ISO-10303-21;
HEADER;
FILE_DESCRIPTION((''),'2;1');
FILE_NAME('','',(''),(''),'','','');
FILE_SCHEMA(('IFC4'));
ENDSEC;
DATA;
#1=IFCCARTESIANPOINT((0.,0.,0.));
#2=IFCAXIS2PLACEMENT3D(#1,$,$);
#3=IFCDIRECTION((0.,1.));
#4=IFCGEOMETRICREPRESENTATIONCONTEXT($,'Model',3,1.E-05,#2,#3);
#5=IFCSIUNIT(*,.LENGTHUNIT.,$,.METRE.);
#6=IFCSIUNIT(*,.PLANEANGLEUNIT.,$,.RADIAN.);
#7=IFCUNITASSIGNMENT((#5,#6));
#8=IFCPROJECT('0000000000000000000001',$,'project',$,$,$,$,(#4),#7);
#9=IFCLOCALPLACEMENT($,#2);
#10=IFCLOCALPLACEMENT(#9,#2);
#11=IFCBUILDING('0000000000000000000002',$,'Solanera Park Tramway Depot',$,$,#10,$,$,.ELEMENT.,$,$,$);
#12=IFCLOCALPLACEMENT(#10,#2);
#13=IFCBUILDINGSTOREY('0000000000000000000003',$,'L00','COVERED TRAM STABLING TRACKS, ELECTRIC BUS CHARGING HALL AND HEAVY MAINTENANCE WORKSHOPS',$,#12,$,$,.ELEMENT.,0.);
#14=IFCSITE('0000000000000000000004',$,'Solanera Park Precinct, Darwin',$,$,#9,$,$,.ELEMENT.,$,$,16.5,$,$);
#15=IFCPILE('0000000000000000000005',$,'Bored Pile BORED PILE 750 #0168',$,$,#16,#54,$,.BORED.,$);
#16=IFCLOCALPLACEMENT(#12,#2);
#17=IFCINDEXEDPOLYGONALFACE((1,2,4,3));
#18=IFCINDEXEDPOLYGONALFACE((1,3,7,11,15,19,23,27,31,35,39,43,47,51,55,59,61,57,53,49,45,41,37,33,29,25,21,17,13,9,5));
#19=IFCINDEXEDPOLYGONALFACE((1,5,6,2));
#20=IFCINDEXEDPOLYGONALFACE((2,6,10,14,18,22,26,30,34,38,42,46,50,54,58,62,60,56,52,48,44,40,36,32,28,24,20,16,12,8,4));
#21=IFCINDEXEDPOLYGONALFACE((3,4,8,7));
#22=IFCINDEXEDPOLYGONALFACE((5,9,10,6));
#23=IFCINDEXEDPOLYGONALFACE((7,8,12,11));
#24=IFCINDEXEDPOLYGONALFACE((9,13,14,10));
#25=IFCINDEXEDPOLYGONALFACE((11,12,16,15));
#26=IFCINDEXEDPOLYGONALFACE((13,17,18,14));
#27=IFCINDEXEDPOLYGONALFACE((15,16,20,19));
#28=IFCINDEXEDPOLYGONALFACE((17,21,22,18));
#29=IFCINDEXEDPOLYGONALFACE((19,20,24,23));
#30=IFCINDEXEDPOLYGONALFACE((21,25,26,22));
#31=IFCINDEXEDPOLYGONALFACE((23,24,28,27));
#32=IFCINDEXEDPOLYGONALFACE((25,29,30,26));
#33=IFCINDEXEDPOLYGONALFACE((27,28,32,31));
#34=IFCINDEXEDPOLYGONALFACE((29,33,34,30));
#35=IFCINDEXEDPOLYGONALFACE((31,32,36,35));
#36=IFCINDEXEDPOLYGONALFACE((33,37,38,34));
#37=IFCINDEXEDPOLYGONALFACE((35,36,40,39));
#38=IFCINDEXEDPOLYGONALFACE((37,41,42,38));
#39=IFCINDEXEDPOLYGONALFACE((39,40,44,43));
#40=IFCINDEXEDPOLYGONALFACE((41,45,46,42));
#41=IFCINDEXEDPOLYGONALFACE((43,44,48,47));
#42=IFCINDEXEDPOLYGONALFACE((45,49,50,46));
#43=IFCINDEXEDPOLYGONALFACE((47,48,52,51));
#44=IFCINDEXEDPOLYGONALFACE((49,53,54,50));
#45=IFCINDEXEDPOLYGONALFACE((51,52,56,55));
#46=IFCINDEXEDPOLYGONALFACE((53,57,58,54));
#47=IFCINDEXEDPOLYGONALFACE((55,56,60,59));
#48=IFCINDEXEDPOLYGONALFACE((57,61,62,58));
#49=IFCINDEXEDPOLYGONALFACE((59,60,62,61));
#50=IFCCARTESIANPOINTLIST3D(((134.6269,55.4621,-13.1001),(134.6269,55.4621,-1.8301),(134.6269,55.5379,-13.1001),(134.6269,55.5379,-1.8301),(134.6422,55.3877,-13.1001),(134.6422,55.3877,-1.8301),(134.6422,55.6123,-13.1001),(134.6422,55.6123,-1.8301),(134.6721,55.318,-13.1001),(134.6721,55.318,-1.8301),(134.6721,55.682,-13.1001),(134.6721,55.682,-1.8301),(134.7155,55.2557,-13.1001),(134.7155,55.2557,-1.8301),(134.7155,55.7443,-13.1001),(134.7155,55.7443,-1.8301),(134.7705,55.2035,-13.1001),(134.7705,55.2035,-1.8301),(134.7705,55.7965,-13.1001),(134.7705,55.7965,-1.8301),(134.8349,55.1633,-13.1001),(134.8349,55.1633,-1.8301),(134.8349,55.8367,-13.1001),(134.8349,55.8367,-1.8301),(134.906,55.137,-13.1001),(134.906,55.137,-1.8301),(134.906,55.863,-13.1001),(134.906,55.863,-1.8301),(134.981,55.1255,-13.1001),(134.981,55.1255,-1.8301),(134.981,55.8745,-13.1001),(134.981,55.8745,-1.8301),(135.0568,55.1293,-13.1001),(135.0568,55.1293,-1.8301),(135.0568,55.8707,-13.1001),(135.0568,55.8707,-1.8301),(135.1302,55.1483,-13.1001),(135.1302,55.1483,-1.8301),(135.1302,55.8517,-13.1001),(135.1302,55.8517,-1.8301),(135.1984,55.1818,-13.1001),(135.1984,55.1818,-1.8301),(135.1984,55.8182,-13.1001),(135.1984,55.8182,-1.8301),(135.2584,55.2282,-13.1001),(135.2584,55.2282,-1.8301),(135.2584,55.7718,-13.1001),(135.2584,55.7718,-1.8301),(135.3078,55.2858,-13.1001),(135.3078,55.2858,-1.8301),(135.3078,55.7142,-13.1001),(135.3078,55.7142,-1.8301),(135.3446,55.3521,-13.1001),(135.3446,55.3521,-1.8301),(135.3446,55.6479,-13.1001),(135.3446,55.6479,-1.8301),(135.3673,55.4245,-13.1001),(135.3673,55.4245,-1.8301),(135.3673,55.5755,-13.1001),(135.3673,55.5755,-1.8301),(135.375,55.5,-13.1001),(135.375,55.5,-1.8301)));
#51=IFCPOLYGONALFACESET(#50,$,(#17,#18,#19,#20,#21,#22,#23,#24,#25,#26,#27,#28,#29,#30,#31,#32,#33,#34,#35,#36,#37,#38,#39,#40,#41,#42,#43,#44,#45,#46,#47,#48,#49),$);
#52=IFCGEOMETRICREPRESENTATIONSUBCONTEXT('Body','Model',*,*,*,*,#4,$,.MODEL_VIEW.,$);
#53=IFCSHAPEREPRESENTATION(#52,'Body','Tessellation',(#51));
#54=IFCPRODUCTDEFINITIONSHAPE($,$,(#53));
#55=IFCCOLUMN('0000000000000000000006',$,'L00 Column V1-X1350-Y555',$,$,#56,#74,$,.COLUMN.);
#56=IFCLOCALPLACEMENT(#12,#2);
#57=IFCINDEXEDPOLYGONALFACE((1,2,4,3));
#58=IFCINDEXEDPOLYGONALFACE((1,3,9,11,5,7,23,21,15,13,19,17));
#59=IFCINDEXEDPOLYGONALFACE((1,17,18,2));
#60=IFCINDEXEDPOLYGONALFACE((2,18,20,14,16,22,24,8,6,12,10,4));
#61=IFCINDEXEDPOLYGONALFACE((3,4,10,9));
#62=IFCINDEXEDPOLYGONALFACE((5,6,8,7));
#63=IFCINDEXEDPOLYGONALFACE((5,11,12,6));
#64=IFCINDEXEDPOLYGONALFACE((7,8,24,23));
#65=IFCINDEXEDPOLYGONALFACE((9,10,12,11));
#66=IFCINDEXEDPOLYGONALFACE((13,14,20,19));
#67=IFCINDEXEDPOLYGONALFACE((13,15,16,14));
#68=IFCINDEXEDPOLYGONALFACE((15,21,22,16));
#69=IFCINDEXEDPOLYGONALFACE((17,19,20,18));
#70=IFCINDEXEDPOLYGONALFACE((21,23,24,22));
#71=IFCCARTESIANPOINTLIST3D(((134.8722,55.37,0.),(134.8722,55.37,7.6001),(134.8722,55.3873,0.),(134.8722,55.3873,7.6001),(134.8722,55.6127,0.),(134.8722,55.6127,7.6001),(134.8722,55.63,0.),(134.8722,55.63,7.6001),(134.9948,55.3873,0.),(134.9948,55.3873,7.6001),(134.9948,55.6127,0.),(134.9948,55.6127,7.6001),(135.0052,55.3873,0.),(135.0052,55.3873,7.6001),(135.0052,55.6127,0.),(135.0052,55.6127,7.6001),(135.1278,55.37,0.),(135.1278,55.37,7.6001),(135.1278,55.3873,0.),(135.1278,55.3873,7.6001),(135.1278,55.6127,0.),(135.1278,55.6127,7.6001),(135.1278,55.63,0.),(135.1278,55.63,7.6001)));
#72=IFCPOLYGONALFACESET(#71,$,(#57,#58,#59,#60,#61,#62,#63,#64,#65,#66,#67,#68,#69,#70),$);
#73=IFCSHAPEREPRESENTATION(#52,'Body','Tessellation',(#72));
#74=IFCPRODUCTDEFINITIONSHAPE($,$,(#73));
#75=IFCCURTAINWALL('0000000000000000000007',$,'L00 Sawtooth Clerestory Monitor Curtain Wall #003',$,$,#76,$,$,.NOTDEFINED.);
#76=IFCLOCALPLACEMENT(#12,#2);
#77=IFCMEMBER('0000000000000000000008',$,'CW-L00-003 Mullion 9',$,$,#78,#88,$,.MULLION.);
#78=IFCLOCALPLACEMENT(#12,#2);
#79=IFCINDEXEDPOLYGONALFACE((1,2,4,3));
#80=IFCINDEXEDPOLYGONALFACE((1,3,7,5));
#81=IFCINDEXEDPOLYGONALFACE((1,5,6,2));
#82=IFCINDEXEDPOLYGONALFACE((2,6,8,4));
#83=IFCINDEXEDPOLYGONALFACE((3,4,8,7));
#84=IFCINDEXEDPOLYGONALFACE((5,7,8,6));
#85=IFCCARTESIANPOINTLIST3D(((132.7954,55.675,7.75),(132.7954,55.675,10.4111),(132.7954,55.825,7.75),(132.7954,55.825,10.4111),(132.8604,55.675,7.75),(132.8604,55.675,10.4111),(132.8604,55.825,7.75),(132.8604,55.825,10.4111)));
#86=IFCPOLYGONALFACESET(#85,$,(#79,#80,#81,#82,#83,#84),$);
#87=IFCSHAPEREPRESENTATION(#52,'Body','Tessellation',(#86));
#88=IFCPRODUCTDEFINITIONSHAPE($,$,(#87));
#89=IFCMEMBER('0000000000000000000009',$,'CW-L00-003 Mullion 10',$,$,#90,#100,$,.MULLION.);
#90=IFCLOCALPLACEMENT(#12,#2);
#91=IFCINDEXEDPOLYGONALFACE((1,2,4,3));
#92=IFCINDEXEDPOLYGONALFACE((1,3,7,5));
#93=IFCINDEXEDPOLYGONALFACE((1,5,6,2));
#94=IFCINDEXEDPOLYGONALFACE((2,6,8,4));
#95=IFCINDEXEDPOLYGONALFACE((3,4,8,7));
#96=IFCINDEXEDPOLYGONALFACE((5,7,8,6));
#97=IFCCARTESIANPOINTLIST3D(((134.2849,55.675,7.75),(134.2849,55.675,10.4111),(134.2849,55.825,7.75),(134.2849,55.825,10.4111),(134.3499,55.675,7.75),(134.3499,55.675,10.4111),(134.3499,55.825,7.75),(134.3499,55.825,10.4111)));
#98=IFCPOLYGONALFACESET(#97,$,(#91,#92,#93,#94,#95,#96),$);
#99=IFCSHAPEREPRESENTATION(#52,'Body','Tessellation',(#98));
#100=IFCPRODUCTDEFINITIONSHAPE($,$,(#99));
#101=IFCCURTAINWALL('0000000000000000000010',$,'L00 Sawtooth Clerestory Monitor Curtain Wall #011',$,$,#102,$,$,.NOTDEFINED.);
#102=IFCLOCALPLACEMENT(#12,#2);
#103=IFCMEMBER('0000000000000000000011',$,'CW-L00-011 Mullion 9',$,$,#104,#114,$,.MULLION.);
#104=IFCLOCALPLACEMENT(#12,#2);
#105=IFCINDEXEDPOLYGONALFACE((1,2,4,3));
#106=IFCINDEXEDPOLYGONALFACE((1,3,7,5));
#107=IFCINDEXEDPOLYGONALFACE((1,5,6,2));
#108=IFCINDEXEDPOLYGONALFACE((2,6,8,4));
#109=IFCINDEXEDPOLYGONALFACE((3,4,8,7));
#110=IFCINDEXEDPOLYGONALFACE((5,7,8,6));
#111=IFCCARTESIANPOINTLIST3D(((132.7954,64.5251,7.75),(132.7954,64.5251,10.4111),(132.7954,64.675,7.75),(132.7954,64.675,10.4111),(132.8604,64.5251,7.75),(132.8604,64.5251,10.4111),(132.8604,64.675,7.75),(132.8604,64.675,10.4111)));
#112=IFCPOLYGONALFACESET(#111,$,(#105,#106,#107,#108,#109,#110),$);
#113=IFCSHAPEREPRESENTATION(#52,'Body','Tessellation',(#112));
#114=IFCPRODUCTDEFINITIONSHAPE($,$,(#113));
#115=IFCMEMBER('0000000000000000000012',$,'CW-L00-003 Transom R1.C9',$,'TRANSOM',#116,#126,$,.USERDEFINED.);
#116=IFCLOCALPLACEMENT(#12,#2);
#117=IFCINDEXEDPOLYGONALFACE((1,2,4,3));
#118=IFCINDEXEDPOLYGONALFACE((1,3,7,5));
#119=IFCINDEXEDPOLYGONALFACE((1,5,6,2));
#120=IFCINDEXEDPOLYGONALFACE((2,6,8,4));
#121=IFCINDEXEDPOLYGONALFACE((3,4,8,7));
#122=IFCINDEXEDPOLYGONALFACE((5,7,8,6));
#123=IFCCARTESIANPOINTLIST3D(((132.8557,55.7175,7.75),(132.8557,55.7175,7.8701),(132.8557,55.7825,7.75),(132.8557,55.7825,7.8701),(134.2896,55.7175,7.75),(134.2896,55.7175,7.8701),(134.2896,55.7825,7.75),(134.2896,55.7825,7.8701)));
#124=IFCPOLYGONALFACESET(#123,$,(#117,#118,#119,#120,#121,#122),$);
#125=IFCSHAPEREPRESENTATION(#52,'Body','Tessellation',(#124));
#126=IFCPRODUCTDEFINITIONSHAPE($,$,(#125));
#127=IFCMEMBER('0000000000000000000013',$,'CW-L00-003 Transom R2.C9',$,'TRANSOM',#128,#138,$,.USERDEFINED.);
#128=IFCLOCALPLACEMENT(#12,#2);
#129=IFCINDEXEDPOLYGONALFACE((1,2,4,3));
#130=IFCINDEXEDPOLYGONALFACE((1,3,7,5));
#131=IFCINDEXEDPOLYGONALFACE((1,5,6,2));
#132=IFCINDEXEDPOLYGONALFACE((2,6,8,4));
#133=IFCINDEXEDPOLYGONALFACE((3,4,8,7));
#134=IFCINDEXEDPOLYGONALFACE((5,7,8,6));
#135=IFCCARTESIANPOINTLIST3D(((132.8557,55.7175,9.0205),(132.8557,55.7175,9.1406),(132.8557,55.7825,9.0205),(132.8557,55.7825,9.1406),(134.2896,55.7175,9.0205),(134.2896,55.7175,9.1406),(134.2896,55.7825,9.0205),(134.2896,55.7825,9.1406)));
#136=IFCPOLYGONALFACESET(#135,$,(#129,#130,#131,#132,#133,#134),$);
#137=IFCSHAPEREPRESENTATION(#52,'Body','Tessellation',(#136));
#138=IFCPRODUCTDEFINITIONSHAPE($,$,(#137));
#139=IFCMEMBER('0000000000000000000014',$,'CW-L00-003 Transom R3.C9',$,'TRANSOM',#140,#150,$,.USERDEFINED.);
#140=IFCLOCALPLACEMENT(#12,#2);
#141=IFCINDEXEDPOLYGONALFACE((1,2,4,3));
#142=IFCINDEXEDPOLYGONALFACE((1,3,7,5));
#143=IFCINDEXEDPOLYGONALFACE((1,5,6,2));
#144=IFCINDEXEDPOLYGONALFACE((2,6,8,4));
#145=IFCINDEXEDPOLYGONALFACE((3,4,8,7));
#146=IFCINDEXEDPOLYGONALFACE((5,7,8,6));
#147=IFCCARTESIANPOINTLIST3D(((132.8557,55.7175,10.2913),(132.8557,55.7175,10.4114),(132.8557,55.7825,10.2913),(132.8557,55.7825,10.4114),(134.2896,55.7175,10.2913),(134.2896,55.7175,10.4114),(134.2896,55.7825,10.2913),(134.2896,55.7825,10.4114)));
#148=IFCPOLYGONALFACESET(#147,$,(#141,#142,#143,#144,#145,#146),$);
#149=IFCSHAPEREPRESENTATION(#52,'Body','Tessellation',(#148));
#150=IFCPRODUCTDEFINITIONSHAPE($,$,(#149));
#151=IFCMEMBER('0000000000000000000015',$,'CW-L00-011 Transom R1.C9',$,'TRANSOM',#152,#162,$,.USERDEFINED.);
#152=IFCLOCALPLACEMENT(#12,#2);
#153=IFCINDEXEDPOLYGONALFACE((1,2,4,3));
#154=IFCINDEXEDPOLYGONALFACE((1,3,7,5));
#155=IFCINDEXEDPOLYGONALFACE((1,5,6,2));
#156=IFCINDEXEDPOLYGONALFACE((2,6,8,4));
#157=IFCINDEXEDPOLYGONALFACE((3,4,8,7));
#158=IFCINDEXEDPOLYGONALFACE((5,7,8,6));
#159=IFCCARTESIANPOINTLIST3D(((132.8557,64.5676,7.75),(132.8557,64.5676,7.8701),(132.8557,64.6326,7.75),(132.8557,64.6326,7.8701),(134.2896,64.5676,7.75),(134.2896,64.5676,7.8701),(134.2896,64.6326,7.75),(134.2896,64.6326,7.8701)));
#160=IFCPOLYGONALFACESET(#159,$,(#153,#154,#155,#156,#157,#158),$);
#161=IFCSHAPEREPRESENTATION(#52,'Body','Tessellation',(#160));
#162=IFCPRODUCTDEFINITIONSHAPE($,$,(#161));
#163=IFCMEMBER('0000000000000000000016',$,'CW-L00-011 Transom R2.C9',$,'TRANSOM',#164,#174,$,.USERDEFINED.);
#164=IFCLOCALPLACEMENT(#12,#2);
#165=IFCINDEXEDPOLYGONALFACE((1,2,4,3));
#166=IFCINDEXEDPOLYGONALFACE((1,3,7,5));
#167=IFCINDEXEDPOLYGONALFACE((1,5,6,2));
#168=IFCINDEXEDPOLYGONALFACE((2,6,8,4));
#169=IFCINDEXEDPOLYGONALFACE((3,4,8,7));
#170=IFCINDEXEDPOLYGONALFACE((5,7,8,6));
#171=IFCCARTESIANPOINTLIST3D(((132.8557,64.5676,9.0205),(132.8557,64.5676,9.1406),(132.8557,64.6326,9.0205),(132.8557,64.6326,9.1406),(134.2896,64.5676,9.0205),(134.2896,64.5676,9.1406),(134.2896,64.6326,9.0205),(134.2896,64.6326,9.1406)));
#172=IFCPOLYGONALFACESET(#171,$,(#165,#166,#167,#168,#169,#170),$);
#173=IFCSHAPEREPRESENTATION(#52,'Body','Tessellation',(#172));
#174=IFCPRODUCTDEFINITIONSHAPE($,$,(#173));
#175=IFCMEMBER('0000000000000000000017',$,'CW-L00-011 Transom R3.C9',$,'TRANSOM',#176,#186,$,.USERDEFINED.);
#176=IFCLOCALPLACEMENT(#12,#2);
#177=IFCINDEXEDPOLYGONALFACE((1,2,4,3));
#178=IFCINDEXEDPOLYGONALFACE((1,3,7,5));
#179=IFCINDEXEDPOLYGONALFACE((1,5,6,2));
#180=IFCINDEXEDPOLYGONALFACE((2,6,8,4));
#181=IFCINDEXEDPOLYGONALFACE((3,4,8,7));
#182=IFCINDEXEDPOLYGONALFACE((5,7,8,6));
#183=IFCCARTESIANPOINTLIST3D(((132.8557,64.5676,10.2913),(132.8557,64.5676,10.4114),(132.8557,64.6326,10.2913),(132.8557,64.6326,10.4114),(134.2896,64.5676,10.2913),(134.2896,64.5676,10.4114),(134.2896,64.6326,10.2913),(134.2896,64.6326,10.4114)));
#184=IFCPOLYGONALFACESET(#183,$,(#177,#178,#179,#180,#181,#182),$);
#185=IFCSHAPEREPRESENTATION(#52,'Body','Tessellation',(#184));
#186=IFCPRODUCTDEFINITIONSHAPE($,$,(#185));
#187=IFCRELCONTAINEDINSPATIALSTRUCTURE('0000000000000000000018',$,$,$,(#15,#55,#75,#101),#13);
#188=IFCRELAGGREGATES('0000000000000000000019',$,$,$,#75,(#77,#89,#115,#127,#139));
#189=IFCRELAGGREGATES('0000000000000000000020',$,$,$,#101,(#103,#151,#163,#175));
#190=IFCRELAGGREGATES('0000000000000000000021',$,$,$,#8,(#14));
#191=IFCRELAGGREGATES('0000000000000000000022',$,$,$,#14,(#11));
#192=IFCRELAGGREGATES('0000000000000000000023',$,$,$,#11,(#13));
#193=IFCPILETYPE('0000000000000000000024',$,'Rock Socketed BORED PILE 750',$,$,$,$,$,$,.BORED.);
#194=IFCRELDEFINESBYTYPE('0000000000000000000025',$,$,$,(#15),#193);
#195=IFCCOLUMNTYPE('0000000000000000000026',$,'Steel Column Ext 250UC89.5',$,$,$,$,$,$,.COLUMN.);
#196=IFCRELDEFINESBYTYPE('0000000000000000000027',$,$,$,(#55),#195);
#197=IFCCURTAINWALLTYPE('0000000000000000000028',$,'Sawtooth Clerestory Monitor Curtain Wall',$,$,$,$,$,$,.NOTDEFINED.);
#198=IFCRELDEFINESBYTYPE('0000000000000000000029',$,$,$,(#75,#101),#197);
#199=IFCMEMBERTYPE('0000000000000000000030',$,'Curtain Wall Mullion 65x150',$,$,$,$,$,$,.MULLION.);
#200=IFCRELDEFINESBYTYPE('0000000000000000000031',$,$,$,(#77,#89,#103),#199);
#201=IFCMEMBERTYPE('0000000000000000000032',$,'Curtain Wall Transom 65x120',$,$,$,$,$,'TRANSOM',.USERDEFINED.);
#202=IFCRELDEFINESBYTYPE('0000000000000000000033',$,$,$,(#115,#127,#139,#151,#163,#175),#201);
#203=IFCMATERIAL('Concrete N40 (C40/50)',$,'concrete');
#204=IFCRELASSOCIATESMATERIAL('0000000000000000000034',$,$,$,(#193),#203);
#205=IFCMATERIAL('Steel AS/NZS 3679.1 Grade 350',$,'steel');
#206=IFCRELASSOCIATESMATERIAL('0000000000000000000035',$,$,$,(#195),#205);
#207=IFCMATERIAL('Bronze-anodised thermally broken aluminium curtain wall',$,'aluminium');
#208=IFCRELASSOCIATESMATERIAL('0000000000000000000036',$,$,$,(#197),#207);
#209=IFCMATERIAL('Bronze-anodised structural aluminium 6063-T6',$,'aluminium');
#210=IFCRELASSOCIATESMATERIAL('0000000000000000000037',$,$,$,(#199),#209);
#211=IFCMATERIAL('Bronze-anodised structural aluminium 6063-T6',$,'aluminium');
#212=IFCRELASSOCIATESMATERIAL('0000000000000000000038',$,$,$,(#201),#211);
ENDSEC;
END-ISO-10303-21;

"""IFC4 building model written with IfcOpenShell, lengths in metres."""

from ifc_helpers import new_model, si_unit, direction, frame, origin, origin_2d, place, context, subcontext, project, spatial, rectangle, circle, i_section, extrude, material, material_profile, profile_set, type_object, element, aggregate, save


model = new_model("IFC4")

# Units and contexts
model_context = context("Model", 3, precision=1e-05, world=origin(), true_north=direction((0.0, 1.0)))
body_context = subcontext(model_context, "Body", "Model", "MODEL_VIEW")
ifc_project = project(units=[si_unit("LENGTHUNIT", "METRE"), si_unit("PLANEANGLEUNIT", "RADIAN")], contexts=[model_context])

# Site, building, storey
site_placement = place(None, origin())
site = spatial("IfcSite", under=ifc_project, at=site_placement, Name="Solanera Park Precinct, Darwin", CompositionType="ELEMENT", RefElevation=16.5)
building_placement = place(site_placement, origin())
building = spatial("IfcBuilding", under=site, at=building_placement, Name="Solanera Park Tramway Depot", CompositionType="ELEMENT")
storey_placement = place(building_placement, origin())
storey = spatial("IfcBuildingStorey", under=building, at=storey_placement, Name="L00", Description="COVERED TRAM STABLING TRACKS, ELECTRIC BUS CHARGING HALL AND HEAVY MAINTENANCE WORKSHOPS", CompositionType="ELEMENT", Elevation=0.0)

# Pile
ifc_material_1 = material(Name="Concrete N40 (C40/50)", Category="concrete")
ifc_material_profile_1 = material_profile(ifc_material_1, circle(Radius=0.375, at=origin_2d()), Name="BORED PILE 750")
ifc_profile_set_1 = profile_set([ifc_material_profile_1], Name="Concrete N40 (C40/50)")
pile_type = type_object("IfcPileType", Name="Rock Socketed BORED PILE 750", PredefinedType="BORED", material=ifc_profile_set_1)
pile_placement = place(storey_placement, frame((135.0, 55.5, -1.8301), z_axis=(0.0, 0.0, -1.0), x_axis=(1.0, 0.0, 0.0)))
element("IfcPile", 1, at=pile_placement, inside=storey, type_object=pile_type, Name="Bored Pile BORED PILE 750 #0168", PredefinedType="BORED", context=body_context, shape_type="SweptSolid", body=[
    extrude(circle(Radius=0.375, at=origin_2d()), origin(), (0.0, 0.0, 1.0), 11.27),
])

# Column
ifc_material_2 = material(Name="Steel AS/NZS 3679.1 Grade 350", Category="steel")
ifc_material_profile_2 = material_profile(ifc_material_2, i_section(OverallWidth=0.2556, OverallDepth=0.26, WebThickness=0.0105, FlangeThickness=0.0173, at=origin_2d()), Name="250UC89.5")
ifc_profile_set_2 = profile_set([ifc_material_profile_2], Name="Steel AS/NZS 3679.1 Grade 350")
column_type = type_object("IfcColumnType", Name="Steel Column Ext 250UC89.5", PredefinedType="COLUMN", material=ifc_profile_set_2)
column_placement = place(storey_placement, frame((135.0, 55.5, 0.0), z_axis=(0.0, 0.0, 1.0), x_axis=(1.0, 0.0, 0.0)))
element("IfcColumn", 2, at=column_placement, inside=storey, type_object=column_type, Name="L00 Column V1-X1350-Y555", PredefinedType="COLUMN", context=body_context, shape_type="SweptSolid", body=[
    extrude(i_section(OverallWidth=0.2556, OverallDepth=0.26, WebThickness=0.0105, FlangeThickness=0.0173, at=origin_2d()), origin(), (0.0, 0.0, 1.0), 7.6001),
])

# Curtain wall, members
ifc_material_3 = material(Name="Bronze-anodised thermally broken aluminium curtain wall", Category="aluminium")
curtain_wall_type = type_object("IfcCurtainWallType", Name="Sawtooth Clerestory Monitor Curtain Wall", PredefinedType="NOTDEFINED", material=ifc_material_3)
curtain_wall_1_placement = place(storey_placement, origin())
curtain_wall_1 = element("IfcCurtainWall", 3, at=curtain_wall_1_placement, inside=storey, type_object=curtain_wall_type, Name="L00 Sawtooth Clerestory Monitor Curtain Wall #003", PredefinedType="NOTDEFINED")
ifc_material_4 = material(Name="Bronze-anodised structural aluminium 6063-T6", Category="aluminium")
ifc_material_profile_3 = material_profile(ifc_material_4, rectangle(XDim=0.0649, YDim=0.1499, at=origin_2d()), Name="Curtain Wall Mullion 65x150")
ifc_profile_set_3 = profile_set([ifc_material_profile_3], Name="Bronze-anodised structural aluminium 6063-T6")
member_type_1 = type_object("IfcMemberType", Name="Curtain Wall Mullion 65x150", PredefinedType="MULLION", material=ifc_profile_set_3)
member_1_placement = place(storey_placement, frame((132.8279, 55.75, 7.75), z_axis=(0.0, 0.0, 1.0), x_axis=(1.0, 0.0, 0.0)))
member_1 = element("IfcMember", 4, at=member_1_placement, type_object=member_type_1, Name="CW-L00-003 Mullion 9", PredefinedType="MULLION", context=body_context, shape_type="SweptSolid", body=[
    extrude(rectangle(XDim=0.0649, YDim=0.1499, at=origin_2d()), origin(), (0.0, 0.0, 1.0), 2.6611),
])
member_2_placement = place(storey_placement, frame((134.3174, 55.75, 7.75), z_axis=(0.0, 0.0, 1.0), x_axis=(1.0, 0.0, 0.0)))
member_2 = element("IfcMember", 5, at=member_2_placement, type_object=member_type_1, Name="CW-L00-003 Mullion 10", PredefinedType="MULLION", context=body_context, shape_type="SweptSolid", body=[
    extrude(rectangle(XDim=0.0649, YDim=0.1499, at=origin_2d()), origin(), (0.0, 0.0, 1.0), 2.6611),
])

# Curtain wall, member
curtain_wall_2_placement = place(storey_placement, origin())
curtain_wall_2 = element("IfcCurtainWall", 6, at=curtain_wall_2_placement, inside=storey, type_object=curtain_wall_type, Name="L00 Sawtooth Clerestory Monitor Curtain Wall #011", PredefinedType="NOTDEFINED")
member_3_placement = place(storey_placement, frame((132.8279, 64.6001, 7.75), z_axis=(0.0, 0.0, 1.0), x_axis=(1.0, 0.0, 0.0)))
member_3 = element("IfcMember", 7, at=member_3_placement, type_object=member_type_1, Name="CW-L00-011 Mullion 9", PredefinedType="MULLION", context=body_context, shape_type="SweptSolid", body=[
    extrude(rectangle(XDim=0.0649, YDim=0.1499, at=origin_2d()), origin(), (0.0, 0.0, 1.0), 2.6611),
])

# Members
ifc_material_5 = material(Name="Bronze-anodised structural aluminium 6063-T6", Category="aluminium")
ifc_material_profile_4 = material_profile(ifc_material_5, rectangle(XDim=0.0649, YDim=0.1201, at=origin_2d()), Name="Curtain Wall Transom 65x120")
ifc_profile_set_4 = profile_set([ifc_material_profile_4], Name="Bronze-anodised structural aluminium 6063-T6")
member_type_2 = type_object("IfcMemberType", Name="Curtain Wall Transom 65x120", ElementType="TRANSOM", PredefinedType="USERDEFINED", material=ifc_profile_set_4)
member_4_placement = place(storey_placement, frame((132.8557, 55.75, 7.8101), z_axis=(1.0, 0.0, 0.0), x_axis=(0.0, 1.0, 0.0)))
member_4 = element("IfcMember", 8, at=member_4_placement, type_object=member_type_2, Name="CW-L00-003 Transom R1.C9", ObjectType="TRANSOM", PredefinedType="USERDEFINED", context=body_context, shape_type="SweptSolid", body=[
    extrude(rectangle(XDim=0.0649, YDim=0.1201, at=origin_2d()), origin(), (0.0, 0.0, 1.0), 1.4338),
])
member_5_placement = place(storey_placement, frame((132.8557, 55.75, 9.0806), z_axis=(1.0, 0.0, 0.0), x_axis=(0.0, 1.0, 0.0)))
member_5 = element("IfcMember", 9, at=member_5_placement, type_object=member_type_2, Name="CW-L00-003 Transom R2.C9", ObjectType="TRANSOM", PredefinedType="USERDEFINED", context=body_context, shape_type="SweptSolid", body=[
    extrude(rectangle(XDim=0.0649, YDim=0.1201, at=origin_2d()), origin(), (0.0, 0.0, 1.0), 1.4338),
])
member_6_placement = place(storey_placement, frame((132.8557, 55.75, 10.3513), z_axis=(1.0, 0.0, 0.0), x_axis=(0.0, 1.0, 0.0)))
member_6 = element("IfcMember", 10, at=member_6_placement, type_object=member_type_2, Name="CW-L00-003 Transom R3.C9", ObjectType="TRANSOM", PredefinedType="USERDEFINED", context=body_context, shape_type="SweptSolid", body=[
    extrude(rectangle(XDim=0.0649, YDim=0.1201, at=origin_2d()), origin(), (0.0, 0.0, 1.0), 1.4338),
])
member_7_placement = place(storey_placement, frame((132.8557, 64.6001, 7.8101), z_axis=(1.0, 0.0, 0.0), x_axis=(0.0, 1.0, 0.0)))
member_7 = element("IfcMember", 11, at=member_7_placement, type_object=member_type_2, Name="CW-L00-011 Transom R1.C9", ObjectType="TRANSOM", PredefinedType="USERDEFINED", context=body_context, shape_type="SweptSolid", body=[
    extrude(rectangle(XDim=0.0649, YDim=0.1201, at=origin_2d()), origin(), (0.0, 0.0, 1.0), 1.4338),
])
member_8_placement = place(storey_placement, frame((132.8557, 64.6001, 9.0806), z_axis=(1.0, 0.0, 0.0), x_axis=(0.0, 1.0, 0.0)))
member_8 = element("IfcMember", 12, at=member_8_placement, type_object=member_type_2, Name="CW-L00-011 Transom R2.C9", ObjectType="TRANSOM", PredefinedType="USERDEFINED", context=body_context, shape_type="SweptSolid", body=[
    extrude(rectangle(XDim=0.0649, YDim=0.1201, at=origin_2d()), origin(), (0.0, 0.0, 1.0), 1.4338),
])
member_9_placement = place(storey_placement, frame((132.8557, 64.6001, 10.3513), z_axis=(1.0, 0.0, 0.0), x_axis=(0.0, 1.0, 0.0)))
member_9 = element("IfcMember", 13, at=member_9_placement, type_object=member_type_2, Name="CW-L00-011 Transom R3.C9", ObjectType="TRANSOM", PredefinedType="USERDEFINED", context=body_context, shape_type="SweptSolid", body=[
    extrude(rectangle(XDim=0.0649, YDim=0.1201, at=origin_2d()), origin(), (0.0, 0.0, 1.0), 1.4338),
])

aggregate(curtain_wall_1, [member_1, member_2, member_4, member_5, member_6])
aggregate(curtain_wall_2, [member_3, member_7, member_8, member_9])

save(model, "model.ifc")
